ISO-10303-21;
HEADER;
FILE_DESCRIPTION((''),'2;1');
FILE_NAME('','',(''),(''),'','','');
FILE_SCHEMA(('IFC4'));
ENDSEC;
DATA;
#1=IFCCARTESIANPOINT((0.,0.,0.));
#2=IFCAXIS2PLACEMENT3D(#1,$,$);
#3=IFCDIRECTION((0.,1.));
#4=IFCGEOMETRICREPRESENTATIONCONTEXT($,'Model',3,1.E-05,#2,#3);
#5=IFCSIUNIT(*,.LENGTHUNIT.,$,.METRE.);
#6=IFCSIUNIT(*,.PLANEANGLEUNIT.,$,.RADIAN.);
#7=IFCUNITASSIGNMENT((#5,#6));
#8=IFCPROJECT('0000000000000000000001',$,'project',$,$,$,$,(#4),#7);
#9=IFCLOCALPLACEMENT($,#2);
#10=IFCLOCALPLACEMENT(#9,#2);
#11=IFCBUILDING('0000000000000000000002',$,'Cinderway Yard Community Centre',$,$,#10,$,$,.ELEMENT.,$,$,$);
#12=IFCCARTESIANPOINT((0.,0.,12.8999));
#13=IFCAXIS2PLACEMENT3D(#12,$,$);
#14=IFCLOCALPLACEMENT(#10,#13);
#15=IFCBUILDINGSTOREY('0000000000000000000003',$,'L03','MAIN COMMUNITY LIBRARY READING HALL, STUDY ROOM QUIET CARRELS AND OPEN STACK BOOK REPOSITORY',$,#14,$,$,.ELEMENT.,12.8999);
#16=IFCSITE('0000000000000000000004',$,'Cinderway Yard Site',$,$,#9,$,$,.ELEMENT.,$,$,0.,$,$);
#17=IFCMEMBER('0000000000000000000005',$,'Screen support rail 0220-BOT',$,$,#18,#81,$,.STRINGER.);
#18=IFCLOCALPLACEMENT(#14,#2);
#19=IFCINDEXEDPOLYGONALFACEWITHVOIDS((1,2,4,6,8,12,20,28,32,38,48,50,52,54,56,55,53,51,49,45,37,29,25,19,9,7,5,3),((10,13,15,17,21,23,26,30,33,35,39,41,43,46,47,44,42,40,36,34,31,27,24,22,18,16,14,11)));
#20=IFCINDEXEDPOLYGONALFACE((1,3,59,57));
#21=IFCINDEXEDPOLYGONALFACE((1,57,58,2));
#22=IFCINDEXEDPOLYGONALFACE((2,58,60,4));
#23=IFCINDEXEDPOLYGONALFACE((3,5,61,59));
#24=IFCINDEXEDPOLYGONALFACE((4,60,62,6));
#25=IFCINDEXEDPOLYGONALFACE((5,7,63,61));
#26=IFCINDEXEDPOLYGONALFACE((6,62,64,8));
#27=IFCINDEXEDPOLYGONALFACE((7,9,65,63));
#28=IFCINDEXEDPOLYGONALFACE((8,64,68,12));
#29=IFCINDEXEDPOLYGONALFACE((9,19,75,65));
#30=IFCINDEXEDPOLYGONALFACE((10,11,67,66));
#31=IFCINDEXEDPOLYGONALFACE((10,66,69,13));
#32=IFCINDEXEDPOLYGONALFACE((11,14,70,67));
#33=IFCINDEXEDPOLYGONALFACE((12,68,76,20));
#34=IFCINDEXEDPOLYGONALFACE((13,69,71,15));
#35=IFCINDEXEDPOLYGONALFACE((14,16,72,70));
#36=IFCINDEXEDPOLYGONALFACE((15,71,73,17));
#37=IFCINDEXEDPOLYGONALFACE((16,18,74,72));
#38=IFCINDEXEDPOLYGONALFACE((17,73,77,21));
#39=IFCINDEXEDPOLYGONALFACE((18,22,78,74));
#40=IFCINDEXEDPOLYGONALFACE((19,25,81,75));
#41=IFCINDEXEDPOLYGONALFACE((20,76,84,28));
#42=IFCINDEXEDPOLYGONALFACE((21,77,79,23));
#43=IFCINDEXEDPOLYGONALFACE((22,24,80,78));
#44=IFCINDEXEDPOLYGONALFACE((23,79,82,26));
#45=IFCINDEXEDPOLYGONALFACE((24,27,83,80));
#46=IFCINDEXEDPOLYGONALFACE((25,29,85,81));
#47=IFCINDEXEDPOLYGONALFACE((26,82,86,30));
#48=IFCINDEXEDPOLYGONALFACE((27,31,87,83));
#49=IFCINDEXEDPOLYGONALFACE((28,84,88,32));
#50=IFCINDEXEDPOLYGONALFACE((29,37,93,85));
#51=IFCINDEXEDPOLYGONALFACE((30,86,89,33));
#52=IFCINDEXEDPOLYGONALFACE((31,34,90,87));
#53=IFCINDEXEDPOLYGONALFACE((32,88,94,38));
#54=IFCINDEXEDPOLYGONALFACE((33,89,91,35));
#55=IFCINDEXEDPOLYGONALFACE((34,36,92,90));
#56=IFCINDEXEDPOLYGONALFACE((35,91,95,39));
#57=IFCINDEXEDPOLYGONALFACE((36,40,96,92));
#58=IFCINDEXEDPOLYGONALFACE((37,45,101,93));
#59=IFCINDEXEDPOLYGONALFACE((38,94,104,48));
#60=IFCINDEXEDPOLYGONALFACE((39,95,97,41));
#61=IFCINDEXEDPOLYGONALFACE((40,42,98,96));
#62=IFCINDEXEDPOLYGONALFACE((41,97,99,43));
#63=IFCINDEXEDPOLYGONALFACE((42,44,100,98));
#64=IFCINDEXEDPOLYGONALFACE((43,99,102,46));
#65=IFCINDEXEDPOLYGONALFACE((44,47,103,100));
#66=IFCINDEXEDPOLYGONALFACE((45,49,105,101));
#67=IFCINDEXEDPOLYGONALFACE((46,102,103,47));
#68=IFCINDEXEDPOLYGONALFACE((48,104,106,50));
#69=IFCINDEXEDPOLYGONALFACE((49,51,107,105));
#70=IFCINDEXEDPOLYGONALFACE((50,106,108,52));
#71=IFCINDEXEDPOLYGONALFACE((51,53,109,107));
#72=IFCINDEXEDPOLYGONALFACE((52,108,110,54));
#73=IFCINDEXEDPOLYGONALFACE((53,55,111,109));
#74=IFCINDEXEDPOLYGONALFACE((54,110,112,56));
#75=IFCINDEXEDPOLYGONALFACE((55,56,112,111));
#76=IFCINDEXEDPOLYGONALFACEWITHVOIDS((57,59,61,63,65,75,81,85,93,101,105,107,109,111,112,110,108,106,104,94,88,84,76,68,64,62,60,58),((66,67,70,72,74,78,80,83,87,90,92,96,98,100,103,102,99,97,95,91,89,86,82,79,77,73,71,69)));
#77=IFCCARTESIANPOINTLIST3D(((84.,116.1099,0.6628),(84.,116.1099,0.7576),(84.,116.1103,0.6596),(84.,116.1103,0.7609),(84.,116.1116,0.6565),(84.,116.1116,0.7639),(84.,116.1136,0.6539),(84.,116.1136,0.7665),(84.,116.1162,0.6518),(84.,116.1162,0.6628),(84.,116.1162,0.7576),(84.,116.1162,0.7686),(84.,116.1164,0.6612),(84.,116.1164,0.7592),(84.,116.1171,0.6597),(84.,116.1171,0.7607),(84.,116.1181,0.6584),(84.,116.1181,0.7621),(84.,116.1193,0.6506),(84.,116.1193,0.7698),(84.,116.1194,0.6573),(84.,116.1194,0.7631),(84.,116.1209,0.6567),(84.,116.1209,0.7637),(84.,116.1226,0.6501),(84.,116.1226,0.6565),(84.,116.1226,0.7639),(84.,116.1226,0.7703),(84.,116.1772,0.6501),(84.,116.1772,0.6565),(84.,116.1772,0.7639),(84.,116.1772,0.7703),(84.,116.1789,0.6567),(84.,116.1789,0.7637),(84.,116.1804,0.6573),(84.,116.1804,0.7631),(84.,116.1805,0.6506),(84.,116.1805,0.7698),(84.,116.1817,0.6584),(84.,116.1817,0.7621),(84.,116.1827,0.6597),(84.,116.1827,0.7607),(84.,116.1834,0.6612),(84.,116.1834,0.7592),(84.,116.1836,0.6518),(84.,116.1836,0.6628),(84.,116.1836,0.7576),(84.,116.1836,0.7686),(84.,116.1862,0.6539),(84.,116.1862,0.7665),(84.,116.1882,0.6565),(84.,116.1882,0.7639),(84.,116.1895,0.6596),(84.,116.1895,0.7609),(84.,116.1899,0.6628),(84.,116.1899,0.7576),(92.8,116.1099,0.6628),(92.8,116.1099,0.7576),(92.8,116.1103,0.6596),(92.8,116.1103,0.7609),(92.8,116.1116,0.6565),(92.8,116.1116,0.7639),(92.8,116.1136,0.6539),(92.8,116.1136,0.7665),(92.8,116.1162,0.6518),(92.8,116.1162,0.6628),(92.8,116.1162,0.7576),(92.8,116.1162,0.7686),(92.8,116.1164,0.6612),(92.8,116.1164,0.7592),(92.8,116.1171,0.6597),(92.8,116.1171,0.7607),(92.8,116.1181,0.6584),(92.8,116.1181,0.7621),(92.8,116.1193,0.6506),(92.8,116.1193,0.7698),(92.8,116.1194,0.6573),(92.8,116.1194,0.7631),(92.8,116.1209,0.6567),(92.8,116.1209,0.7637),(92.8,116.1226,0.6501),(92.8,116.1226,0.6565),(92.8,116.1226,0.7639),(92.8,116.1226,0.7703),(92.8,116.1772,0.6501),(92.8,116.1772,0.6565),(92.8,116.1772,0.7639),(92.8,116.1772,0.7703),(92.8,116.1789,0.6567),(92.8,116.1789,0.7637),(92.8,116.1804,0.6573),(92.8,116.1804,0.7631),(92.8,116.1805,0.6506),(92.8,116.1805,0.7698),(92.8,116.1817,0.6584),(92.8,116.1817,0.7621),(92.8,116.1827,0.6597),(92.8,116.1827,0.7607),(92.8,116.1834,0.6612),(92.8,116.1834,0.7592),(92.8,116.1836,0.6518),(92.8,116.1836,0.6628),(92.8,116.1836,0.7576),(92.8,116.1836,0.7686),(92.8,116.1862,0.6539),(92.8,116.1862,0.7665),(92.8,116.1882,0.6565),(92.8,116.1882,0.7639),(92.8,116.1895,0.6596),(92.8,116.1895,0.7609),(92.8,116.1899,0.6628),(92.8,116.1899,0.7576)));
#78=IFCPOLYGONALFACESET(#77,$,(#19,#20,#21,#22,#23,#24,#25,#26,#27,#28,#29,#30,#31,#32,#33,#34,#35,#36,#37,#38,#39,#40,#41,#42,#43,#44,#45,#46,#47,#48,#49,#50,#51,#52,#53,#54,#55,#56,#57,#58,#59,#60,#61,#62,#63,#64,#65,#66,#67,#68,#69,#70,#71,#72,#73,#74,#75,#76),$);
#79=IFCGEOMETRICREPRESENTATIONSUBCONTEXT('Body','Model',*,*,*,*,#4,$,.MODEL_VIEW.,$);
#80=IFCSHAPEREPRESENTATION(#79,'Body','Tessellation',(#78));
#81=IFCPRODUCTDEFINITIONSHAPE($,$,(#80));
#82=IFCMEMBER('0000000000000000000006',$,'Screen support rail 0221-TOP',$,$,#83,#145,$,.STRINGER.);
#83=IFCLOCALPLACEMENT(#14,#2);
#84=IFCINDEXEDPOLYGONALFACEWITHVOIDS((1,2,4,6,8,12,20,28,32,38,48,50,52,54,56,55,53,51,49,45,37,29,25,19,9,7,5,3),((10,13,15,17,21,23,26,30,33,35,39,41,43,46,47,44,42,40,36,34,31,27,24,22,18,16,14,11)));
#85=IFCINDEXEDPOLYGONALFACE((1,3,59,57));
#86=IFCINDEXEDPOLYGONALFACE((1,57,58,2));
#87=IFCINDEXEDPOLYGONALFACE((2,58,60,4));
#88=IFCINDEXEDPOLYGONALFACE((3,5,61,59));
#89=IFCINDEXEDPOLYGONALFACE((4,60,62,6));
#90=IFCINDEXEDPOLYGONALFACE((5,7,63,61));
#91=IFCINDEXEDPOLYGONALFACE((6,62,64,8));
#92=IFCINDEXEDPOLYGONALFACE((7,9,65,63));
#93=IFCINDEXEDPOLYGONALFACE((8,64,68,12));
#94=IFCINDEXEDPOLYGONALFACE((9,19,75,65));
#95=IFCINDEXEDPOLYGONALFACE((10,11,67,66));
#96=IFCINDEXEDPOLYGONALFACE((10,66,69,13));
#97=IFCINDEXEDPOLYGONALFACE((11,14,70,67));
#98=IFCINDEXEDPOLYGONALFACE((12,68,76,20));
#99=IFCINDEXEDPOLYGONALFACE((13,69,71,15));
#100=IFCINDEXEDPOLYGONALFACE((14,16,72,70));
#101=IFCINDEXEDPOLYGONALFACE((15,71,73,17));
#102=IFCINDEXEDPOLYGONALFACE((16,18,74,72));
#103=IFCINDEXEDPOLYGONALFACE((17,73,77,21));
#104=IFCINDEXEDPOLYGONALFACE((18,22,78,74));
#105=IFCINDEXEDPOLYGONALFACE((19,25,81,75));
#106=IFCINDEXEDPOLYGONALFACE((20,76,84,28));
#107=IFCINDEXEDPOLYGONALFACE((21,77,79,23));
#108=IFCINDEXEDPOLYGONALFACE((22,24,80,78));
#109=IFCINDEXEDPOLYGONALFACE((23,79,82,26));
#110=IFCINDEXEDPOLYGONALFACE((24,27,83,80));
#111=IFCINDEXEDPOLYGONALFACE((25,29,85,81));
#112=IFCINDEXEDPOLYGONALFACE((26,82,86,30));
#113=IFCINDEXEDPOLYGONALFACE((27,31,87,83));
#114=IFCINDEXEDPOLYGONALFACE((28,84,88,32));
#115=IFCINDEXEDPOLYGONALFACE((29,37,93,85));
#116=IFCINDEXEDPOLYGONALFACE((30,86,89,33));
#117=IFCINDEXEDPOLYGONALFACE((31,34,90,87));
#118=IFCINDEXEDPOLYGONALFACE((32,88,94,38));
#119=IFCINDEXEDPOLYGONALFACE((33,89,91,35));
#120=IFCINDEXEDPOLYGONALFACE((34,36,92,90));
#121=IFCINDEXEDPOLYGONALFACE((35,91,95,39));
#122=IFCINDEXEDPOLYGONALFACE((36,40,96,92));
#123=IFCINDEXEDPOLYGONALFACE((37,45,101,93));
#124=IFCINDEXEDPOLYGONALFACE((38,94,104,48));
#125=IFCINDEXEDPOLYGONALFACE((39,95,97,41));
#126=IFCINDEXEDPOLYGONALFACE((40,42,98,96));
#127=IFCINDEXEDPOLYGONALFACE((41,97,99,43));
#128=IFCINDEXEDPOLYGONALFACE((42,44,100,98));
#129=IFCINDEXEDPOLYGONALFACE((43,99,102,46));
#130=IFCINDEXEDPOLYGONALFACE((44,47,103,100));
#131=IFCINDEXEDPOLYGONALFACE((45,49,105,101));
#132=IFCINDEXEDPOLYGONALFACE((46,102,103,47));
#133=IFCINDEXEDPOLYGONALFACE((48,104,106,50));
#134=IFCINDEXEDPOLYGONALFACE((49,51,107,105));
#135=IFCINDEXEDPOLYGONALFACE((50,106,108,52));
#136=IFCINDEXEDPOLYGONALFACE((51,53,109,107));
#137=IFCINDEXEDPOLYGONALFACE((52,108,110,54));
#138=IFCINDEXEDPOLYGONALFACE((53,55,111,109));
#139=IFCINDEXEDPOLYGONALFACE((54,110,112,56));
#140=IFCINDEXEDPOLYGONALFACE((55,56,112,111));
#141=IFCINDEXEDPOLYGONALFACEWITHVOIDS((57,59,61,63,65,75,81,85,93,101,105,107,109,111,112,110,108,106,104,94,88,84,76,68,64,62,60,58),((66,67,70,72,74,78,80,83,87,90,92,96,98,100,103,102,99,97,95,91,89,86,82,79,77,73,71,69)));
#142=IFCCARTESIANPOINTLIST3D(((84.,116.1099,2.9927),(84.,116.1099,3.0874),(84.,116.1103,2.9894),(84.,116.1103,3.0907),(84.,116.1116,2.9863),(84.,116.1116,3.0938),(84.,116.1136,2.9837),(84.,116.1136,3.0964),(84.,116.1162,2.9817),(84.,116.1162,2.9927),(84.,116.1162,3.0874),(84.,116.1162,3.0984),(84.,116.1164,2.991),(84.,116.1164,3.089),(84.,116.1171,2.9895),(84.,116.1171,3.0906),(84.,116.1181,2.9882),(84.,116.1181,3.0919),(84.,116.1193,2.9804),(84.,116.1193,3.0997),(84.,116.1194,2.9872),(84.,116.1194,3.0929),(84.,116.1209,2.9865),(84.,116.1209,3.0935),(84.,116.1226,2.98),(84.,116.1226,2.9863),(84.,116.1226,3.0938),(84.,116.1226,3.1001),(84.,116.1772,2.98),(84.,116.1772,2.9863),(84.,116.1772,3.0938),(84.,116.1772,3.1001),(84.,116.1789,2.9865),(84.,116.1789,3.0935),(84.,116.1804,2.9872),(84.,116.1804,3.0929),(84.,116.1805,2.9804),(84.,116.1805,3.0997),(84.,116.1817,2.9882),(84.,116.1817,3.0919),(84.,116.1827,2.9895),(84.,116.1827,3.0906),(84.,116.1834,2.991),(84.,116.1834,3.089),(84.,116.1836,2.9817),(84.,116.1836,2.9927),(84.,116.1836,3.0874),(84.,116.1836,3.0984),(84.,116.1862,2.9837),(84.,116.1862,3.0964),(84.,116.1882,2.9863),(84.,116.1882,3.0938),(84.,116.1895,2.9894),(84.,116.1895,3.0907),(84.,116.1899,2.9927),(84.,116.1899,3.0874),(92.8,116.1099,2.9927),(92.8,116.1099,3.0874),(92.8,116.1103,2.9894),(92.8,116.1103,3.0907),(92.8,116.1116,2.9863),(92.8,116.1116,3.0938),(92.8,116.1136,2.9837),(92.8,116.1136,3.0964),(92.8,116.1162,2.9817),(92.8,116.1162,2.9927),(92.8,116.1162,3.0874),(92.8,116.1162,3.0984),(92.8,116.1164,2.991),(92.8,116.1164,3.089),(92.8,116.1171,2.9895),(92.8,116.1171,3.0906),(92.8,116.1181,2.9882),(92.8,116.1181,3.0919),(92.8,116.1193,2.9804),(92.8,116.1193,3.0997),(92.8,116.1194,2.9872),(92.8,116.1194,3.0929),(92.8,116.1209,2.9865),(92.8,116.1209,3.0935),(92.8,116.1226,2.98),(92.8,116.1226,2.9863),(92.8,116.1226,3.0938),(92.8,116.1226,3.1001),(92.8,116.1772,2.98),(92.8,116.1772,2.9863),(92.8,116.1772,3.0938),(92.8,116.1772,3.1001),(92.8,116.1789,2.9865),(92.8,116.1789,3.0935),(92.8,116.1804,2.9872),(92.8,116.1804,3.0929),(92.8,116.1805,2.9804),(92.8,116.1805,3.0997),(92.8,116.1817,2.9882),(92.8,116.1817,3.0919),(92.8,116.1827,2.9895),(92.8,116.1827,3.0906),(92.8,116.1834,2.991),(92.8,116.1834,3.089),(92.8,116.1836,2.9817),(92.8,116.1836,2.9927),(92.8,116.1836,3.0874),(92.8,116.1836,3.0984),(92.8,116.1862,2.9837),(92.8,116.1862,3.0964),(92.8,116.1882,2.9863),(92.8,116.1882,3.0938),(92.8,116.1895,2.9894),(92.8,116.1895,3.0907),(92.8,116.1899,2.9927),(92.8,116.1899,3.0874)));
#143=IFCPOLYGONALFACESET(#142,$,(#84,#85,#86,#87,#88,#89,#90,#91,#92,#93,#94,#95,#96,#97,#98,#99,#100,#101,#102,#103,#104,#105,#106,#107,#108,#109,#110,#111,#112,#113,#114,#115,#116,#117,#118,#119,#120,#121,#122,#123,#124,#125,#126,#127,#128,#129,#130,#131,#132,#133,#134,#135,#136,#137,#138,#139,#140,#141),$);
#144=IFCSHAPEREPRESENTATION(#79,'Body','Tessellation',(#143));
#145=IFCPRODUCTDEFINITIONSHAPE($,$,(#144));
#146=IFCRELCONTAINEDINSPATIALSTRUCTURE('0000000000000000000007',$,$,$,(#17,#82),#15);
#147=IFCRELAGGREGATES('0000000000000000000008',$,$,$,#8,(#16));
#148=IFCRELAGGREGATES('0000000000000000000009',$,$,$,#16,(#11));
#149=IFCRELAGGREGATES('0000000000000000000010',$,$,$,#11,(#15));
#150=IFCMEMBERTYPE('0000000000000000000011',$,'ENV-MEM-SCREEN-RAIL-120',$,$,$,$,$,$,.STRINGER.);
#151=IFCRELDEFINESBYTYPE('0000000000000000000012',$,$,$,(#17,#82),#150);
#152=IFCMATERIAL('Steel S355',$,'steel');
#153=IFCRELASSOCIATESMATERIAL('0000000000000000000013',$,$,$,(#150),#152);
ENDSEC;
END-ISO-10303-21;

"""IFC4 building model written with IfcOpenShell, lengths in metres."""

from ifc_helpers import new_model, si_unit, direction, frame, origin, origin_2d, place, context, subcontext, project, spatial, hollow_rectangle, extrude, material, material_profile, profile_set, type_object, element, save


model = new_model("IFC4")

# Units and contexts
model_context = context("Model", 3, precision=1e-05, world=origin(), true_north=direction((0.0, 1.0)))
body_context = subcontext(model_context, "Body", "Model", "MODEL_VIEW")
ifc_project = project(units=[si_unit("LENGTHUNIT", "METRE"), si_unit("PLANEANGLEUNIT", "RADIAN")], contexts=[model_context])

# Site, building, storey
site_placement = place(None, origin())
site = spatial("IfcSite", under=ifc_project, at=site_placement, Name="Cinderway Yard Site", CompositionType="ELEMENT", RefElevation=0.0)
building_placement = place(site_placement, origin())
building = spatial("IfcBuilding", under=site, at=building_placement, Name="Cinderway Yard Community Centre", CompositionType="ELEMENT")
storey_placement = place(building_placement, frame((0.0, 0.0, 12.8999)))
storey = spatial("IfcBuildingStorey", under=building, at=storey_placement, Name="L03", Description="MAIN COMMUNITY LIBRARY READING HALL, STUDY ROOM QUIET CARRELS AND OPEN STACK BOOK REPOSITORY", CompositionType="ELEMENT", Elevation=12.8999)

# Members
ifc_material_1 = material(Name="Steel S355", Category="steel")
ifc_material_profile_1 = material_profile(ifc_material_1, hollow_rectangle(XDim=0.0801, YDim=0.1201, WallThickness=0.0063, InnerFilletRadius=0.0063, OuterFilletRadius=0.0127, at=origin_2d()), Name="Steel S355")
ifc_profile_set_1 = profile_set([ifc_material_profile_1], Name="Steel S355")
member_type_1 = type_object("IfcMemberType", Name="ENV-MEM-SCREEN-RAIL-120", PredefinedType="STRINGER", material=ifc_profile_set_1)
for number, where, z_axis, x_axis, name in (
    (1, (84.0, 116.1499, 0.7102), (1.0, 0.0, 0.0), (0.0, 1.0, 0.0), "Screen support rail 0220-BOT"),
    (2, (84.0, 116.1499, 3.04), (1.0, 0.0, 0.0), (0.0, 1.0, 0.0), "Screen support rail 0221-TOP"),
):
    element("IfcMember", number, at=place(storey_placement, frame(where, z_axis=z_axis, x_axis=x_axis)), inside=storey, type_object=member_type_1, Name=name, PredefinedType="STRINGER", context=body_context, shape_type="SweptSolid", body=[
        extrude(hollow_rectangle(XDim=0.0801, YDim=0.1201, WallThickness=0.0063, InnerFilletRadius=0.0063, OuterFilletRadius=0.0127, at=origin_2d()), origin(), (0.0, 0.0, 1.0), 8.8),
    ])

save(model, "model.ifc")
